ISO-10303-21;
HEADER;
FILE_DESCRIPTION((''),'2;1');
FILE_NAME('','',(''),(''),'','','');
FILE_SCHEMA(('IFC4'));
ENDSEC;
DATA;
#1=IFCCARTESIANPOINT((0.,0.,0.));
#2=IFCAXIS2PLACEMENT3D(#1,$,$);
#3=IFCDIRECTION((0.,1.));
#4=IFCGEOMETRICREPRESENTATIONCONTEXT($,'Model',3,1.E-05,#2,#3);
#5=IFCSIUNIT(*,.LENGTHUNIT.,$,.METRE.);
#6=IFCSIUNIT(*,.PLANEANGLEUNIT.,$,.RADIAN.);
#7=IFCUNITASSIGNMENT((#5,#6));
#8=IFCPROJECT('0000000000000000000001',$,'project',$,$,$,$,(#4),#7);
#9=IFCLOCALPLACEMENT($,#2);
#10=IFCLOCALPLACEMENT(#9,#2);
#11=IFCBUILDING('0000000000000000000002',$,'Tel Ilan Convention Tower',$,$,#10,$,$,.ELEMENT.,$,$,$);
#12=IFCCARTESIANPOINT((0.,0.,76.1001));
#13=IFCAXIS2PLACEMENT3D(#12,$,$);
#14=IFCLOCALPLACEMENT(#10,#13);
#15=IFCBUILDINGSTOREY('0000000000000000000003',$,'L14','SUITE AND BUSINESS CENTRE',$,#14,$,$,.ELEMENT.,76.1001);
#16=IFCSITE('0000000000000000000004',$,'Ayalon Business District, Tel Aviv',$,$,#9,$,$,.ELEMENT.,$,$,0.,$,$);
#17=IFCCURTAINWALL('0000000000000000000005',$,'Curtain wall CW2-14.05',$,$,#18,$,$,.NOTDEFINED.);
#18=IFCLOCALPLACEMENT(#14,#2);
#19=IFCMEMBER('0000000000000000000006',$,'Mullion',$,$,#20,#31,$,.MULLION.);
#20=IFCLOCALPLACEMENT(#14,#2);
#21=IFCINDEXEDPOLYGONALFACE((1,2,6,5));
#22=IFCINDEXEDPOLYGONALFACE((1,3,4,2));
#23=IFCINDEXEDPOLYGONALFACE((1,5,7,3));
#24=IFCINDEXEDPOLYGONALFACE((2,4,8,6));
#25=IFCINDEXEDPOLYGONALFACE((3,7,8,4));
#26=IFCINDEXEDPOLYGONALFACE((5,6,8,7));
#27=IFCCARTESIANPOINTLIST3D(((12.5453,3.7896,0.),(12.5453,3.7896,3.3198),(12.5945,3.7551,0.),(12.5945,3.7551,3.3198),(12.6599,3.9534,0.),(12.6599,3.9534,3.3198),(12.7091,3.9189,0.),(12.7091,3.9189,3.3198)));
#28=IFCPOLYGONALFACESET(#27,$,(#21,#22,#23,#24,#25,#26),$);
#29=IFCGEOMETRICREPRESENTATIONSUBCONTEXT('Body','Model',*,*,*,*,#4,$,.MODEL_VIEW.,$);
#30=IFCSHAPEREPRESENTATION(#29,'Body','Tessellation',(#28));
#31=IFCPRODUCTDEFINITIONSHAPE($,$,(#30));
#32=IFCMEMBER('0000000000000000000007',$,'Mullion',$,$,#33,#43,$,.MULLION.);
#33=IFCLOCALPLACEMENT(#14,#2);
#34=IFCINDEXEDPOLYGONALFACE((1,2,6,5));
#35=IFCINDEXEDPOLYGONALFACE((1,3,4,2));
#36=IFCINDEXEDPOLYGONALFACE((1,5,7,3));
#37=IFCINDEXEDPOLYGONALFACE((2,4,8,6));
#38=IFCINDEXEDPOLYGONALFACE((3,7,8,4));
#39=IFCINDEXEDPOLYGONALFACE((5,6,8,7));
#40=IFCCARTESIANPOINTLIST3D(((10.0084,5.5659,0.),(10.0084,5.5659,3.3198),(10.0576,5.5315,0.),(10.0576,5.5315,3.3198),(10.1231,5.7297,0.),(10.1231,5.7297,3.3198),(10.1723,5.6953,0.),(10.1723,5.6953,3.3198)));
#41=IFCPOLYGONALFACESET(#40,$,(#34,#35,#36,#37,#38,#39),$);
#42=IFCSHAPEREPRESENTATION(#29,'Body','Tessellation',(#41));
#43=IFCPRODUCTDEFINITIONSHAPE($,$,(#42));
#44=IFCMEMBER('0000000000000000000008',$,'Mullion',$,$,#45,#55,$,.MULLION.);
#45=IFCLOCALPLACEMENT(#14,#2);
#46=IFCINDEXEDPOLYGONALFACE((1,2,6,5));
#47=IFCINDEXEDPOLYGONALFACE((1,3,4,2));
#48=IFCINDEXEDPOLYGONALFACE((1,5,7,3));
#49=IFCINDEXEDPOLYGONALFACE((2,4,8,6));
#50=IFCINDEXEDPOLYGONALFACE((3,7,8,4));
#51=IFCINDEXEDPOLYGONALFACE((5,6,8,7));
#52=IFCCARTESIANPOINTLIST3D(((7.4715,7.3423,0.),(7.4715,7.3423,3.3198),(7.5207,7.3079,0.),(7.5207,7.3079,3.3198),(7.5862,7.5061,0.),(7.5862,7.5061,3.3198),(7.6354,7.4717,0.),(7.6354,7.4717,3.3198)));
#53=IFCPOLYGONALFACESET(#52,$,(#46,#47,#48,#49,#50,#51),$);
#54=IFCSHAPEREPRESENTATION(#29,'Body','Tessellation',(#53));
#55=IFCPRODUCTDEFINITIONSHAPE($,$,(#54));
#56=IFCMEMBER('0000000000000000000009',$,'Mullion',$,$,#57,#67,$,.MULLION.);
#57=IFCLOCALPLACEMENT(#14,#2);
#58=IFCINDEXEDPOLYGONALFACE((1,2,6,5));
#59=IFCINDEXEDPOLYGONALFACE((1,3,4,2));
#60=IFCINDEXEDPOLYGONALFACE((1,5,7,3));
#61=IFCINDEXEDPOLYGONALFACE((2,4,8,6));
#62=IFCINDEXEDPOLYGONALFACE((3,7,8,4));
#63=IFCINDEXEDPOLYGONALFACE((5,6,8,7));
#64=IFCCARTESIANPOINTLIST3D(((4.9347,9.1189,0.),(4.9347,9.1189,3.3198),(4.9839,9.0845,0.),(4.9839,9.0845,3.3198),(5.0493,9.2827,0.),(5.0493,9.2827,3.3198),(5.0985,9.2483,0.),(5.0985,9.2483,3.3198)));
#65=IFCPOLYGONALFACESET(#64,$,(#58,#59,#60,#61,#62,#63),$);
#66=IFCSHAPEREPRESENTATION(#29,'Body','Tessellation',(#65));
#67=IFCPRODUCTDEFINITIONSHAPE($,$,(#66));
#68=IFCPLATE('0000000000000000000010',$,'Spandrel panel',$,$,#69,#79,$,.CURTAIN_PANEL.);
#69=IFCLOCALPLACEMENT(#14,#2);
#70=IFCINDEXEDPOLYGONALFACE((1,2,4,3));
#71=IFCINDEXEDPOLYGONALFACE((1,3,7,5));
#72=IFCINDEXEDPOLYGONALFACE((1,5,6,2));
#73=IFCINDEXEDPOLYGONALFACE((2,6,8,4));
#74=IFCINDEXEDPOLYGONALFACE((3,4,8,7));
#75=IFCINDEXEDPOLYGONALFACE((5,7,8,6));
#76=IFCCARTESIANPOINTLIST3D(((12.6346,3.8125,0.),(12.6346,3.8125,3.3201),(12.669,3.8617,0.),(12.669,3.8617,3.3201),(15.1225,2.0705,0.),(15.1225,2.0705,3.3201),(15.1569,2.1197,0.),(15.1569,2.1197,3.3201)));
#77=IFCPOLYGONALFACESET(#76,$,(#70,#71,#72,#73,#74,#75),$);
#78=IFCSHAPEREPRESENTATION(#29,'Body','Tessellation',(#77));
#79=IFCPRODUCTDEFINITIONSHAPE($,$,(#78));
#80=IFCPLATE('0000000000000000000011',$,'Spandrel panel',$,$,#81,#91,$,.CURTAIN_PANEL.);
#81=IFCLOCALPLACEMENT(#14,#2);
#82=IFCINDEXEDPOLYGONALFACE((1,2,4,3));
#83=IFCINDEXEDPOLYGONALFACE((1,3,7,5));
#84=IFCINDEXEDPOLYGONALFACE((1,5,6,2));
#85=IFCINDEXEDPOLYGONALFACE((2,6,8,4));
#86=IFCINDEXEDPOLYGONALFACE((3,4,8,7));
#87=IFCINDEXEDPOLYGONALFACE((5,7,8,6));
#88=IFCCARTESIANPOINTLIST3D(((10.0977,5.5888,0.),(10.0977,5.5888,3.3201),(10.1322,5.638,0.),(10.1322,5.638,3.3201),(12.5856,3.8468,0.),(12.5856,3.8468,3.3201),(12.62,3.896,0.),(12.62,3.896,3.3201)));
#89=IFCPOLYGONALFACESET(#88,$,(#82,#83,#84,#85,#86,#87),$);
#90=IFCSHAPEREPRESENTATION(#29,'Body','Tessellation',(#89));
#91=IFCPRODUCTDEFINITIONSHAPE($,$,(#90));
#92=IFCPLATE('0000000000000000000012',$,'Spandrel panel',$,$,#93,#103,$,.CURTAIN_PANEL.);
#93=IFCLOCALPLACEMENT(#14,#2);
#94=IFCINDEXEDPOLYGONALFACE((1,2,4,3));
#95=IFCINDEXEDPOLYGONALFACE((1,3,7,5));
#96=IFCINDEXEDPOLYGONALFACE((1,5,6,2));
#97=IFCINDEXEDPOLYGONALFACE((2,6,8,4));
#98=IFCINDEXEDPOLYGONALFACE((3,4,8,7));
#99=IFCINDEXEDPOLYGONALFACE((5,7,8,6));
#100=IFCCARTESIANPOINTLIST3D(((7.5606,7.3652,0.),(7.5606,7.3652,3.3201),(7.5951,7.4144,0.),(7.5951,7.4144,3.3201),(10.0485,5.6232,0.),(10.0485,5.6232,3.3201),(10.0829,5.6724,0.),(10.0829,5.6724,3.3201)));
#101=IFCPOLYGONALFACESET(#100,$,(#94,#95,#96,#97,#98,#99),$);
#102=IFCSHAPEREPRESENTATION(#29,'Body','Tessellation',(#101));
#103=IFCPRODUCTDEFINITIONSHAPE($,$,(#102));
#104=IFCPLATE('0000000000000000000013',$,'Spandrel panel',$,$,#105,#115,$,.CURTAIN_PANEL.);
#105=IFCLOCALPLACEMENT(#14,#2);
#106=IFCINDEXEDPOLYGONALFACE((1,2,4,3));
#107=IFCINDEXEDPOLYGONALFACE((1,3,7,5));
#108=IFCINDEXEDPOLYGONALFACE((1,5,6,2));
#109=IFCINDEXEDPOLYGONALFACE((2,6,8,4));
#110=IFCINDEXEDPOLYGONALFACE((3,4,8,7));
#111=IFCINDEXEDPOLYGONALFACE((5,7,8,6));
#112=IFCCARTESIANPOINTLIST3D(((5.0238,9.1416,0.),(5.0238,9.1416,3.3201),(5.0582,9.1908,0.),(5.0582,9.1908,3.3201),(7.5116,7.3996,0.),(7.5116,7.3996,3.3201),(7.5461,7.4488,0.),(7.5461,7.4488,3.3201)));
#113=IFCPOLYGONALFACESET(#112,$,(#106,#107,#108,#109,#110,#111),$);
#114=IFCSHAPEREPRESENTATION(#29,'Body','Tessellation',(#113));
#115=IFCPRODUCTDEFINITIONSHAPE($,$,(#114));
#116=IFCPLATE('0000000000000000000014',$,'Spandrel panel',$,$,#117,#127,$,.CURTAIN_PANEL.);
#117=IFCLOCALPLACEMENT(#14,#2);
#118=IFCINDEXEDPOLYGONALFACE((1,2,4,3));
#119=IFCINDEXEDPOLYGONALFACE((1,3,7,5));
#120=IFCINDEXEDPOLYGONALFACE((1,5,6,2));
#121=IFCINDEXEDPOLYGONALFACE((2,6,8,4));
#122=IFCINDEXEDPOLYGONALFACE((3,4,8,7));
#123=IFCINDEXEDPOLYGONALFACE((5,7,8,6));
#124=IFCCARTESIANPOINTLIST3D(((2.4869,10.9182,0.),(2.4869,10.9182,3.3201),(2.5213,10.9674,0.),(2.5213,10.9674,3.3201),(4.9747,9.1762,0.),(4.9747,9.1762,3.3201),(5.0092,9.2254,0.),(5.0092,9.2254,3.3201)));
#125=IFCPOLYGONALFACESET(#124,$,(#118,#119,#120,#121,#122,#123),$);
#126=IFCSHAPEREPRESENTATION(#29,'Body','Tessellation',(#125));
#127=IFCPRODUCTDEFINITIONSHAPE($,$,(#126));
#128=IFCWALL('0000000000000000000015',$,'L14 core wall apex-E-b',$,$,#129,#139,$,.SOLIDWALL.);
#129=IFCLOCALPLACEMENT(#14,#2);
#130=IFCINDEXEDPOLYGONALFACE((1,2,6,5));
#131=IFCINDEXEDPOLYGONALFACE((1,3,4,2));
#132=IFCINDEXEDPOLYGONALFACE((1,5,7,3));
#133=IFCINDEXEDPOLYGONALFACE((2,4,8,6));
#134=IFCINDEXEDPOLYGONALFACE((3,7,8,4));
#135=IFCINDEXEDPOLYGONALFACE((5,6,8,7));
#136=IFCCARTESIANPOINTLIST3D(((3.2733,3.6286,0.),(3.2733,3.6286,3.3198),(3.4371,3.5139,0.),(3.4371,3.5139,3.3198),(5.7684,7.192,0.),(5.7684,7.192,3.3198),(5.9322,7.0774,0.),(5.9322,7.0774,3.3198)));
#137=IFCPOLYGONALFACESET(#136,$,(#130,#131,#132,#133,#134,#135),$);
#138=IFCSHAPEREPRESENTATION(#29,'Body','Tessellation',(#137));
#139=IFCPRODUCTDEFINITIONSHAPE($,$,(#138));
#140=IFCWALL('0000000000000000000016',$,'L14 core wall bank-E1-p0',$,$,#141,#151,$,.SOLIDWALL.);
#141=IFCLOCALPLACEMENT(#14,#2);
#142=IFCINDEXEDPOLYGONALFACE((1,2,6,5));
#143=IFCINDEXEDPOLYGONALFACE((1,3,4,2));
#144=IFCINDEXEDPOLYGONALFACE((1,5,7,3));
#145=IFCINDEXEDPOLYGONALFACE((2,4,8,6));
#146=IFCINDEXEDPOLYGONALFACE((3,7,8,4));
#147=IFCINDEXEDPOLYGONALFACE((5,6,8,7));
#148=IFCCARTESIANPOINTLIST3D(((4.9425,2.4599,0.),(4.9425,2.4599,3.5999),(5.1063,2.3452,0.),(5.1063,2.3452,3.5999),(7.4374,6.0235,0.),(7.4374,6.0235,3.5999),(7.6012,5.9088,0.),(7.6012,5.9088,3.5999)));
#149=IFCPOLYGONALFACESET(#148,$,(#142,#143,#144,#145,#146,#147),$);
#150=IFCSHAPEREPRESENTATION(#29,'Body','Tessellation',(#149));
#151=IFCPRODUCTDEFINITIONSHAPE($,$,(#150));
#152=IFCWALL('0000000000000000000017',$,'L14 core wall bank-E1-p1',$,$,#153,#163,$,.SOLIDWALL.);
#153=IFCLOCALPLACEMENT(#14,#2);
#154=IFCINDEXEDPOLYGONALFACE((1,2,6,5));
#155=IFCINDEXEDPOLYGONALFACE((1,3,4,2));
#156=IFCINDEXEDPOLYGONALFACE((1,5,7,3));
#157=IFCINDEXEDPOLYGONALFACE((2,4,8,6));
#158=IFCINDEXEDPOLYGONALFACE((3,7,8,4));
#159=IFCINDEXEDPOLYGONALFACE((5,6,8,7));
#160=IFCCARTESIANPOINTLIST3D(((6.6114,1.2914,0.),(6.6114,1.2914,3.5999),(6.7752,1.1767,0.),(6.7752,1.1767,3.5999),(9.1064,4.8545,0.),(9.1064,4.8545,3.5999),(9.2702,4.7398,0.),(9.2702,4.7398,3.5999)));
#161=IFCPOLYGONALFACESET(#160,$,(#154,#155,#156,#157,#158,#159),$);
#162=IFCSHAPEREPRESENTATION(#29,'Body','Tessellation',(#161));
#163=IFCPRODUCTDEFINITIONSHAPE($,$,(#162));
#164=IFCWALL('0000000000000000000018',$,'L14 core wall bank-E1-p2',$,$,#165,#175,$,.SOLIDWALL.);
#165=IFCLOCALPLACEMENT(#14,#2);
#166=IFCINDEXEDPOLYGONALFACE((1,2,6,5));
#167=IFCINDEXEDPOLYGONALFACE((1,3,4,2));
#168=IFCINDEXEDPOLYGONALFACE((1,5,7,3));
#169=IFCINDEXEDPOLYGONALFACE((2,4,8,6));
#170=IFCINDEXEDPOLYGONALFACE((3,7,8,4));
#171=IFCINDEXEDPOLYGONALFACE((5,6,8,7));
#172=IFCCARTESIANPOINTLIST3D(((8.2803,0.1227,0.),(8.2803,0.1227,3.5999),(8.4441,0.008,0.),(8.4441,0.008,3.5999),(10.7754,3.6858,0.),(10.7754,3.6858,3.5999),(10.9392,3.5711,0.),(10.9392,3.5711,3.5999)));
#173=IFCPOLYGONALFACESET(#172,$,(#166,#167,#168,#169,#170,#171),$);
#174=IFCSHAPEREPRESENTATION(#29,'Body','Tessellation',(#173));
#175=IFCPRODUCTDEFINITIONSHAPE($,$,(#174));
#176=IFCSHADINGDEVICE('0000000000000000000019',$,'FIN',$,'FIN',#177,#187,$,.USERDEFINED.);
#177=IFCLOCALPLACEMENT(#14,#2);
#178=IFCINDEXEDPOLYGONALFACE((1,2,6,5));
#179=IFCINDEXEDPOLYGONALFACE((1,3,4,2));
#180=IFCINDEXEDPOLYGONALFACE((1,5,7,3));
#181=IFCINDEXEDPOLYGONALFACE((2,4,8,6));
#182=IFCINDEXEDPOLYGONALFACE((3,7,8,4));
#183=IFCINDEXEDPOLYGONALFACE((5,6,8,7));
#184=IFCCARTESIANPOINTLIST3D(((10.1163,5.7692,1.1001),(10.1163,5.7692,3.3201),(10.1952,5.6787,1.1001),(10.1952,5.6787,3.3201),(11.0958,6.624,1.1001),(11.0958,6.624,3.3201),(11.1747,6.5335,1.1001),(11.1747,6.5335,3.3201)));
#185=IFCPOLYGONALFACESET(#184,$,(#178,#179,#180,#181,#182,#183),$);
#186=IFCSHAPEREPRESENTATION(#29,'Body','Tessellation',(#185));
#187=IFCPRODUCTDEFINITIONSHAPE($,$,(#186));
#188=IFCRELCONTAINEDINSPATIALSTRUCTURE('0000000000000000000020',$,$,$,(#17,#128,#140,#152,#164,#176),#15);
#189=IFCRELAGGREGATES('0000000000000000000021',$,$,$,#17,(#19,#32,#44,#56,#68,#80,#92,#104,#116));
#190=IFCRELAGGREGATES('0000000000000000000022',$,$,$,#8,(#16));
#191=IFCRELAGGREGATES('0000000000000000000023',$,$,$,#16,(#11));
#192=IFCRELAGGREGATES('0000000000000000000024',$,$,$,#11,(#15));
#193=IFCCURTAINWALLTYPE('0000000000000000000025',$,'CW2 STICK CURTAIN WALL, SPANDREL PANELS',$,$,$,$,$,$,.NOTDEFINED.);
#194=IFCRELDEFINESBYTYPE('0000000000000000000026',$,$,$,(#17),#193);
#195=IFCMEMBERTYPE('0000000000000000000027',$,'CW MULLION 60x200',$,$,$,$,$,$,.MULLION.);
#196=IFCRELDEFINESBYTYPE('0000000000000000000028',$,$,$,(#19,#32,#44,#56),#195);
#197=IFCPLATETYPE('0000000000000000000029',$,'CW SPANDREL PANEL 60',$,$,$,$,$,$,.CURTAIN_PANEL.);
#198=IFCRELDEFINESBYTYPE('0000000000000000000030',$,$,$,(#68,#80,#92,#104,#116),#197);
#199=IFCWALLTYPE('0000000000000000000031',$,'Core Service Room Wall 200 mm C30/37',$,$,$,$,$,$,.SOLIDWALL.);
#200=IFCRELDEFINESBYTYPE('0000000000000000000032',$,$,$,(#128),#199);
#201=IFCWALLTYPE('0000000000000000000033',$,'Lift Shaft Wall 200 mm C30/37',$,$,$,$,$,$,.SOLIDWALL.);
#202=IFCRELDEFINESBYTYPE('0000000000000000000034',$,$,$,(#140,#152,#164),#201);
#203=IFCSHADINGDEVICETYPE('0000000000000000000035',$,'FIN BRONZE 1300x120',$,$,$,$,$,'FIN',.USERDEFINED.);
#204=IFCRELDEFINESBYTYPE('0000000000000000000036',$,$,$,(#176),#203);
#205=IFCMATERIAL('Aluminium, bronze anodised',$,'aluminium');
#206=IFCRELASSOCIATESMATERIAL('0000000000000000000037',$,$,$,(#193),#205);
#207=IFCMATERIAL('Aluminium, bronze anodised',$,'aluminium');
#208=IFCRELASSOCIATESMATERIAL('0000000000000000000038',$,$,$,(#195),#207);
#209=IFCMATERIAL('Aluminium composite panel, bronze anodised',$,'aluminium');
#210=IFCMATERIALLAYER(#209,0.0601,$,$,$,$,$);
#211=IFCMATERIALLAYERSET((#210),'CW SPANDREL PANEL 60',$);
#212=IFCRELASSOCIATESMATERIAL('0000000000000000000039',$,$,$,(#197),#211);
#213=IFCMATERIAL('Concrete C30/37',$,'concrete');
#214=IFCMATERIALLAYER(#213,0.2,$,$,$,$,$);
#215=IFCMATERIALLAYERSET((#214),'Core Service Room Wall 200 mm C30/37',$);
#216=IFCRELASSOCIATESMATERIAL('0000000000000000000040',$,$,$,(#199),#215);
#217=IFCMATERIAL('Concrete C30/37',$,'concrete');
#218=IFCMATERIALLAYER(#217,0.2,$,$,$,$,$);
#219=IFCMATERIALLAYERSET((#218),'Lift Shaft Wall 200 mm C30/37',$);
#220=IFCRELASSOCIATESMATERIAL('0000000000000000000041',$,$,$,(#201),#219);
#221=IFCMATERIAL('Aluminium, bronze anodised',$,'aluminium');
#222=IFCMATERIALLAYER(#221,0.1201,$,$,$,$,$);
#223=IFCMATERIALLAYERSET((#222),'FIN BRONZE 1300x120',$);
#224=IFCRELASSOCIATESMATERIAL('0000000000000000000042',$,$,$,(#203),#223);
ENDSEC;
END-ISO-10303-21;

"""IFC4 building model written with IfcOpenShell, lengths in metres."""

from ifc_helpers import new_model, si_unit, direction, frame, frame_2d, origin, origin_2d, place, context, subcontext, project, spatial, rectangle, extrude, material, layer, layer_set, material_profile, profile_set, type_object, element, aggregate, save


model = new_model("IFC4")

# Units and contexts
model_context = context("Model", 3, precision=1e-05, world=origin(), true_north=direction((0.0, 1.0)))
body_context = subcontext(model_context, "Body", "Model", "MODEL_VIEW")
ifc_project = project(units=[si_unit("LENGTHUNIT", "METRE"), si_unit("PLANEANGLEUNIT", "RADIAN")], contexts=[model_context])

# Site, building, storey
site_placement = place(None, origin())
site = spatial("IfcSite", under=ifc_project, at=site_placement, Name="Ayalon Business District, Tel Aviv", CompositionType="ELEMENT", RefElevation=0.0)
building_placement = place(site_placement, origin())
building = spatial("IfcBuilding", under=site, at=building_placement, Name="Tel Ilan Convention Tower", CompositionType="ELEMENT")
storey_placement = place(building_placement, frame((0.0, 0.0, 76.1001)))
storey = spatial("IfcBuildingStorey", under=building, at=storey_placement, Name="L14", Description="SUITE AND BUSINESS CENTRE", CompositionType="ELEMENT", Elevation=76.1001)

# Curtain wall, members, plates
ifc_material_1 = material(Name="Aluminium, bronze anodised", Category="aluminium")
curtain_wall_type = type_object("IfcCurtainWallType", Name="CW2 STICK CURTAIN WALL, SPANDREL PANELS", PredefinedType="NOTDEFINED", material=ifc_material_1)
curtain_wall_placement = place(storey_placement, origin())
curtain_wall = element("IfcCurtainWall", 1, at=curtain_wall_placement, inside=storey, type_object=curtain_wall_type, Name="Curtain wall CW2-14.05", PredefinedType="NOTDEFINED")
ifc_material_2 = material(Name="Aluminium, bronze anodised", Category="aluminium")
ifc_material_profile = material_profile(ifc_material_2, rectangle(XDim=0.0601, YDim=0.2, at=origin_2d()), Name="CW MULLION 60x200")
ifc_profile_set = profile_set([ifc_material_profile], Name="Aluminium, bronze anodised")
member_type = type_object("IfcMemberType", Name="CW MULLION 60x200", PredefinedType="MULLION", material=ifc_profile_set)
member_1_placement = place(storey_placement, frame((12.6272, 3.8542, 0.0), z_axis=(0.0, 0.0, 1.0), x_axis=(-0.819152, 0.573576, 0.0)))
member_1 = element("IfcMember", 2, at=member_1_placement, type_object=member_type, Name="Mullion", PredefinedType="MULLION", context=body_context, shape_type="SweptSolid", body=[
    extrude(rectangle(XDim=0.0601, YDim=0.2, at=origin_2d()), origin(), (0.0, 0.0, 1.0), 3.3198),
])
member_2_placement = place(storey_placement, frame((10.0903, 5.6306, 0.0), z_axis=(0.0, 0.0, 1.0), x_axis=(-0.819152, 0.573576, 0.0)))
member_2 = element("IfcMember", 3, at=member_2_placement, type_object=member_type, Name="Mullion", PredefinedType="MULLION", context=body_context, shape_type="SweptSolid", body=[
    extrude(rectangle(XDim=0.0601, YDim=0.2, at=origin_2d()), origin(), (0.0, 0.0, 1.0), 3.3198),
])
member_3_placement = place(storey_placement, frame((7.5535, 7.407, 0.0), z_axis=(0.0, 0.0, 1.0), x_axis=(-0.819152, 0.573576, 0.0)))
member_3 = element("IfcMember", 4, at=member_3_placement, type_object=member_type, Name="Mullion", PredefinedType="MULLION", context=body_context, shape_type="SweptSolid", body=[
    extrude(rectangle(XDim=0.0601, YDim=0.2, at=origin_2d()), origin(), (0.0, 0.0, 1.0), 3.3198),
])
member_4_placement = place(storey_placement, frame((5.0166, 9.1836, 0.0), z_axis=(0.0, 0.0, 1.0), x_axis=(-0.819152, 0.573576, 0.0)))
member_4 = element("IfcMember", 5, at=member_4_placement, type_object=member_type, Name="Mullion", PredefinedType="MULLION", context=body_context, shape_type="SweptSolid", body=[
    extrude(rectangle(XDim=0.0601, YDim=0.2, at=origin_2d()), origin(), (0.0, 0.0, 1.0), 3.3198),
])
ifc_material_3 = material(Name="Aluminium composite panel, bronze anodised", Category="aluminium")
ifc_layer_1 = layer(ifc_material_3, 0.0601)
ifc_layer_set_1 = layer_set([ifc_layer_1], Name="CW SPANDREL PANEL 60")
plate_type = type_object("IfcPlateType", Name="CW SPANDREL PANEL 60", PredefinedType="CURTAIN_PANEL", material=ifc_layer_set_1)
plate_1_placement = place(storey_placement, frame((13.8958, 2.9661, 0.0), z_axis=(0.0, 0.0, 1.0), x_axis=(-0.819152, 0.573576, 0.0)))
plate_1 = element("IfcPlate", 6, at=plate_1_placement, type_object=plate_type, Name="Spandrel panel", PredefinedType="CURTAIN_PANEL", context=body_context, shape_type="SweptSolid", body=[
    extrude(rectangle(XDim=3.0371, YDim=0.0601, at=origin_2d()), origin(), (0.0, 0.0, 1.0), 3.3201),
])
plate_2_placement = place(storey_placement, frame((11.3589, 4.7424, 0.0), z_axis=(0.0, 0.0, 1.0), x_axis=(-0.819152, 0.573576, 0.0)))
plate_2 = element("IfcPlate", 7, at=plate_2_placement, type_object=plate_type, Name="Spandrel panel", PredefinedType="CURTAIN_PANEL", context=body_context, shape_type="SweptSolid", body=[
    extrude(rectangle(XDim=3.0371, YDim=0.0601, at=origin_2d()), origin(), (0.0, 0.0, 1.0), 3.3201),
])
plate_3_placement = place(storey_placement, frame((8.8218, 6.5188, 0.0), z_axis=(0.0, 0.0, 1.0), x_axis=(-0.819152, 0.573576, 0.0)))
plate_3 = element("IfcPlate", 8, at=plate_3_placement, type_object=plate_type, Name="Spandrel panel", PredefinedType="CURTAIN_PANEL", context=body_context, shape_type="SweptSolid", body=[
    extrude(rectangle(XDim=3.0371, YDim=0.0601, at=origin_2d()), origin(), (0.0, 0.0, 1.0), 3.3201),
])
plate_4_placement = place(storey_placement, frame((6.2849, 8.2952, 0.0), z_axis=(0.0, 0.0, 1.0), x_axis=(-0.819152, 0.573576, 0.0)))
plate_4 = element("IfcPlate", 9, at=plate_4_placement, type_object=plate_type, Name="Spandrel panel", PredefinedType="CURTAIN_PANEL", context=body_context, shape_type="SweptSolid", body=[
    extrude(rectangle(XDim=3.0371, YDim=0.0601, at=origin_2d()), origin(), (0.0, 0.0, 1.0), 3.3201),
])
plate_5_placement = place(storey_placement, frame((3.748, 10.0718, 0.0), z_axis=(0.0, 0.0, 1.0), x_axis=(-0.819152, 0.573576, 0.0)))
plate_5 = element("IfcPlate", 10, at=plate_5_placement, type_object=plate_type, Name="Spandrel panel", PredefinedType="CURTAIN_PANEL", context=body_context, shape_type="SweptSolid", body=[
    extrude(rectangle(XDim=3.0371, YDim=0.0601, at=origin_2d()), origin(), (0.0, 0.0, 1.0), 3.3201),
])
aggregate(curtain_wall, [member_1, member_2, member_3, member_4, plate_1, plate_2, plate_3, plate_4, plate_5])

# Walls
ifc_material_4 = material(Name="Concrete C30/37", Category="concrete")
ifc_layer_2 = layer(ifc_material_4, 0.2)
ifc_layer_set_2 = layer_set([ifc_layer_2], Name="Core Service Room Wall 200 mm C30/37")
wall_type_1 = type_object("IfcWallType", Name="Core Service Room Wall 200 mm C30/37", PredefinedType="SOLIDWALL", material=ifc_layer_set_2)
wall_1_placement = place(storey_placement, frame((3.3552, 3.5713, 0.0), z_axis=(0.0, 0.0, 1.0), x_axis=(0.573568, 0.819158, 0.0)))
element("IfcWall", 11, at=wall_1_placement, inside=storey, type_object=wall_type_1, Name="L14 core wall apex-E-b", PredefinedType="SOLIDWALL", context=body_context, shape_type="SweptSolid", body=[
    extrude(rectangle(XDim=4.3501, YDim=0.2, at=frame_2d((2.175, 0.0))), origin(), (0.0, 0.0, 1.0), 3.3198),
])
ifc_material_5 = material(Name="Concrete C30/37", Category="concrete")
ifc_layer_3 = layer(ifc_material_5, 0.2)
ifc_layer_set_3 = layer_set([ifc_layer_3], Name="Lift Shaft Wall 200 mm C30/37")
wall_type_2 = type_object("IfcWallType", Name="Lift Shaft Wall 200 mm C30/37", PredefinedType="SOLIDWALL", material=ifc_layer_set_3)
wall_2_placement = place(storey_placement, frame((5.0244, 2.4026, 0.0), z_axis=(0.0, 0.0, 1.0), x_axis=(0.57353, 0.819184, 0.0)))
element("IfcWall", 12, at=wall_2_placement, inside=storey, type_object=wall_type_2, Name="L14 core wall bank-E1-p0", PredefinedType="SOLIDWALL", context=body_context, shape_type="SweptSolid", body=[
    extrude(rectangle(XDim=4.3501, YDim=0.2, at=frame_2d((2.175, 0.0))), origin(), (0.0, 0.0, 1.0), 3.5999),
])
for number, where, z_axis, x_axis, name in (
    (13, (6.6934, 1.2341, 0.0), (0.0, 0.0, 1.0), (0.573594, 0.81914, 0.0), "L14 core wall bank-E1-p1"),
    (14, (8.3623, 0.0654, 0.0), (0.0, 0.0, 1.0), (0.573594, 0.81914, 0.0), "L14 core wall bank-E1-p2"),
):
    element("IfcWall", number, at=place(storey_placement, frame(where, z_axis=z_axis, x_axis=x_axis)), inside=storey, type_object=wall_type_2, Name=name, PredefinedType="SOLIDWALL", context=body_context, shape_type="SweptSolid", body=[
        extrude(rectangle(XDim=4.3499, YDim=0.2, at=frame_2d((2.1748, 0.0))), origin(), (0.0, 0.0, 1.0), 3.5999),
    ])

# Shading device
ifc_material_6 = material(Name="Aluminium, bronze anodised", Category="aluminium")
ifc_layer_4 = layer(ifc_material_6, 0.1201)
ifc_layer_set_4 = layer_set([ifc_layer_4], Name="FIN BRONZE 1300x120")
shading_device_type = type_object("IfcShadingDeviceType", Name="FIN BRONZE 1300x120", ElementType="FIN", PredefinedType="USERDEFINED", material=ifc_layer_set_4)
for number, where, z_axis, x_axis, name in (
    (15, (10.6455, 6.1514, 1.1001), (0.0, 0.0, 1.0), (0.753436, 0.657521, 0.0), "FIN"),
):
    element("IfcShadingDevice", number, at=place(storey_placement, frame(where, z_axis=z_axis, x_axis=x_axis)), inside=storey, type_object=shading_device_type, Name=name, ObjectType="FIN", PredefinedType="USERDEFINED", context=body_context, shape_type="SweptSolid", body=[
        extrude(rectangle(XDim=1.3, YDim=0.1201, at=origin_2d()), origin(), (0.0, 0.0, 1.0), 2.22),
    ])

save(model, "model.ifc")
